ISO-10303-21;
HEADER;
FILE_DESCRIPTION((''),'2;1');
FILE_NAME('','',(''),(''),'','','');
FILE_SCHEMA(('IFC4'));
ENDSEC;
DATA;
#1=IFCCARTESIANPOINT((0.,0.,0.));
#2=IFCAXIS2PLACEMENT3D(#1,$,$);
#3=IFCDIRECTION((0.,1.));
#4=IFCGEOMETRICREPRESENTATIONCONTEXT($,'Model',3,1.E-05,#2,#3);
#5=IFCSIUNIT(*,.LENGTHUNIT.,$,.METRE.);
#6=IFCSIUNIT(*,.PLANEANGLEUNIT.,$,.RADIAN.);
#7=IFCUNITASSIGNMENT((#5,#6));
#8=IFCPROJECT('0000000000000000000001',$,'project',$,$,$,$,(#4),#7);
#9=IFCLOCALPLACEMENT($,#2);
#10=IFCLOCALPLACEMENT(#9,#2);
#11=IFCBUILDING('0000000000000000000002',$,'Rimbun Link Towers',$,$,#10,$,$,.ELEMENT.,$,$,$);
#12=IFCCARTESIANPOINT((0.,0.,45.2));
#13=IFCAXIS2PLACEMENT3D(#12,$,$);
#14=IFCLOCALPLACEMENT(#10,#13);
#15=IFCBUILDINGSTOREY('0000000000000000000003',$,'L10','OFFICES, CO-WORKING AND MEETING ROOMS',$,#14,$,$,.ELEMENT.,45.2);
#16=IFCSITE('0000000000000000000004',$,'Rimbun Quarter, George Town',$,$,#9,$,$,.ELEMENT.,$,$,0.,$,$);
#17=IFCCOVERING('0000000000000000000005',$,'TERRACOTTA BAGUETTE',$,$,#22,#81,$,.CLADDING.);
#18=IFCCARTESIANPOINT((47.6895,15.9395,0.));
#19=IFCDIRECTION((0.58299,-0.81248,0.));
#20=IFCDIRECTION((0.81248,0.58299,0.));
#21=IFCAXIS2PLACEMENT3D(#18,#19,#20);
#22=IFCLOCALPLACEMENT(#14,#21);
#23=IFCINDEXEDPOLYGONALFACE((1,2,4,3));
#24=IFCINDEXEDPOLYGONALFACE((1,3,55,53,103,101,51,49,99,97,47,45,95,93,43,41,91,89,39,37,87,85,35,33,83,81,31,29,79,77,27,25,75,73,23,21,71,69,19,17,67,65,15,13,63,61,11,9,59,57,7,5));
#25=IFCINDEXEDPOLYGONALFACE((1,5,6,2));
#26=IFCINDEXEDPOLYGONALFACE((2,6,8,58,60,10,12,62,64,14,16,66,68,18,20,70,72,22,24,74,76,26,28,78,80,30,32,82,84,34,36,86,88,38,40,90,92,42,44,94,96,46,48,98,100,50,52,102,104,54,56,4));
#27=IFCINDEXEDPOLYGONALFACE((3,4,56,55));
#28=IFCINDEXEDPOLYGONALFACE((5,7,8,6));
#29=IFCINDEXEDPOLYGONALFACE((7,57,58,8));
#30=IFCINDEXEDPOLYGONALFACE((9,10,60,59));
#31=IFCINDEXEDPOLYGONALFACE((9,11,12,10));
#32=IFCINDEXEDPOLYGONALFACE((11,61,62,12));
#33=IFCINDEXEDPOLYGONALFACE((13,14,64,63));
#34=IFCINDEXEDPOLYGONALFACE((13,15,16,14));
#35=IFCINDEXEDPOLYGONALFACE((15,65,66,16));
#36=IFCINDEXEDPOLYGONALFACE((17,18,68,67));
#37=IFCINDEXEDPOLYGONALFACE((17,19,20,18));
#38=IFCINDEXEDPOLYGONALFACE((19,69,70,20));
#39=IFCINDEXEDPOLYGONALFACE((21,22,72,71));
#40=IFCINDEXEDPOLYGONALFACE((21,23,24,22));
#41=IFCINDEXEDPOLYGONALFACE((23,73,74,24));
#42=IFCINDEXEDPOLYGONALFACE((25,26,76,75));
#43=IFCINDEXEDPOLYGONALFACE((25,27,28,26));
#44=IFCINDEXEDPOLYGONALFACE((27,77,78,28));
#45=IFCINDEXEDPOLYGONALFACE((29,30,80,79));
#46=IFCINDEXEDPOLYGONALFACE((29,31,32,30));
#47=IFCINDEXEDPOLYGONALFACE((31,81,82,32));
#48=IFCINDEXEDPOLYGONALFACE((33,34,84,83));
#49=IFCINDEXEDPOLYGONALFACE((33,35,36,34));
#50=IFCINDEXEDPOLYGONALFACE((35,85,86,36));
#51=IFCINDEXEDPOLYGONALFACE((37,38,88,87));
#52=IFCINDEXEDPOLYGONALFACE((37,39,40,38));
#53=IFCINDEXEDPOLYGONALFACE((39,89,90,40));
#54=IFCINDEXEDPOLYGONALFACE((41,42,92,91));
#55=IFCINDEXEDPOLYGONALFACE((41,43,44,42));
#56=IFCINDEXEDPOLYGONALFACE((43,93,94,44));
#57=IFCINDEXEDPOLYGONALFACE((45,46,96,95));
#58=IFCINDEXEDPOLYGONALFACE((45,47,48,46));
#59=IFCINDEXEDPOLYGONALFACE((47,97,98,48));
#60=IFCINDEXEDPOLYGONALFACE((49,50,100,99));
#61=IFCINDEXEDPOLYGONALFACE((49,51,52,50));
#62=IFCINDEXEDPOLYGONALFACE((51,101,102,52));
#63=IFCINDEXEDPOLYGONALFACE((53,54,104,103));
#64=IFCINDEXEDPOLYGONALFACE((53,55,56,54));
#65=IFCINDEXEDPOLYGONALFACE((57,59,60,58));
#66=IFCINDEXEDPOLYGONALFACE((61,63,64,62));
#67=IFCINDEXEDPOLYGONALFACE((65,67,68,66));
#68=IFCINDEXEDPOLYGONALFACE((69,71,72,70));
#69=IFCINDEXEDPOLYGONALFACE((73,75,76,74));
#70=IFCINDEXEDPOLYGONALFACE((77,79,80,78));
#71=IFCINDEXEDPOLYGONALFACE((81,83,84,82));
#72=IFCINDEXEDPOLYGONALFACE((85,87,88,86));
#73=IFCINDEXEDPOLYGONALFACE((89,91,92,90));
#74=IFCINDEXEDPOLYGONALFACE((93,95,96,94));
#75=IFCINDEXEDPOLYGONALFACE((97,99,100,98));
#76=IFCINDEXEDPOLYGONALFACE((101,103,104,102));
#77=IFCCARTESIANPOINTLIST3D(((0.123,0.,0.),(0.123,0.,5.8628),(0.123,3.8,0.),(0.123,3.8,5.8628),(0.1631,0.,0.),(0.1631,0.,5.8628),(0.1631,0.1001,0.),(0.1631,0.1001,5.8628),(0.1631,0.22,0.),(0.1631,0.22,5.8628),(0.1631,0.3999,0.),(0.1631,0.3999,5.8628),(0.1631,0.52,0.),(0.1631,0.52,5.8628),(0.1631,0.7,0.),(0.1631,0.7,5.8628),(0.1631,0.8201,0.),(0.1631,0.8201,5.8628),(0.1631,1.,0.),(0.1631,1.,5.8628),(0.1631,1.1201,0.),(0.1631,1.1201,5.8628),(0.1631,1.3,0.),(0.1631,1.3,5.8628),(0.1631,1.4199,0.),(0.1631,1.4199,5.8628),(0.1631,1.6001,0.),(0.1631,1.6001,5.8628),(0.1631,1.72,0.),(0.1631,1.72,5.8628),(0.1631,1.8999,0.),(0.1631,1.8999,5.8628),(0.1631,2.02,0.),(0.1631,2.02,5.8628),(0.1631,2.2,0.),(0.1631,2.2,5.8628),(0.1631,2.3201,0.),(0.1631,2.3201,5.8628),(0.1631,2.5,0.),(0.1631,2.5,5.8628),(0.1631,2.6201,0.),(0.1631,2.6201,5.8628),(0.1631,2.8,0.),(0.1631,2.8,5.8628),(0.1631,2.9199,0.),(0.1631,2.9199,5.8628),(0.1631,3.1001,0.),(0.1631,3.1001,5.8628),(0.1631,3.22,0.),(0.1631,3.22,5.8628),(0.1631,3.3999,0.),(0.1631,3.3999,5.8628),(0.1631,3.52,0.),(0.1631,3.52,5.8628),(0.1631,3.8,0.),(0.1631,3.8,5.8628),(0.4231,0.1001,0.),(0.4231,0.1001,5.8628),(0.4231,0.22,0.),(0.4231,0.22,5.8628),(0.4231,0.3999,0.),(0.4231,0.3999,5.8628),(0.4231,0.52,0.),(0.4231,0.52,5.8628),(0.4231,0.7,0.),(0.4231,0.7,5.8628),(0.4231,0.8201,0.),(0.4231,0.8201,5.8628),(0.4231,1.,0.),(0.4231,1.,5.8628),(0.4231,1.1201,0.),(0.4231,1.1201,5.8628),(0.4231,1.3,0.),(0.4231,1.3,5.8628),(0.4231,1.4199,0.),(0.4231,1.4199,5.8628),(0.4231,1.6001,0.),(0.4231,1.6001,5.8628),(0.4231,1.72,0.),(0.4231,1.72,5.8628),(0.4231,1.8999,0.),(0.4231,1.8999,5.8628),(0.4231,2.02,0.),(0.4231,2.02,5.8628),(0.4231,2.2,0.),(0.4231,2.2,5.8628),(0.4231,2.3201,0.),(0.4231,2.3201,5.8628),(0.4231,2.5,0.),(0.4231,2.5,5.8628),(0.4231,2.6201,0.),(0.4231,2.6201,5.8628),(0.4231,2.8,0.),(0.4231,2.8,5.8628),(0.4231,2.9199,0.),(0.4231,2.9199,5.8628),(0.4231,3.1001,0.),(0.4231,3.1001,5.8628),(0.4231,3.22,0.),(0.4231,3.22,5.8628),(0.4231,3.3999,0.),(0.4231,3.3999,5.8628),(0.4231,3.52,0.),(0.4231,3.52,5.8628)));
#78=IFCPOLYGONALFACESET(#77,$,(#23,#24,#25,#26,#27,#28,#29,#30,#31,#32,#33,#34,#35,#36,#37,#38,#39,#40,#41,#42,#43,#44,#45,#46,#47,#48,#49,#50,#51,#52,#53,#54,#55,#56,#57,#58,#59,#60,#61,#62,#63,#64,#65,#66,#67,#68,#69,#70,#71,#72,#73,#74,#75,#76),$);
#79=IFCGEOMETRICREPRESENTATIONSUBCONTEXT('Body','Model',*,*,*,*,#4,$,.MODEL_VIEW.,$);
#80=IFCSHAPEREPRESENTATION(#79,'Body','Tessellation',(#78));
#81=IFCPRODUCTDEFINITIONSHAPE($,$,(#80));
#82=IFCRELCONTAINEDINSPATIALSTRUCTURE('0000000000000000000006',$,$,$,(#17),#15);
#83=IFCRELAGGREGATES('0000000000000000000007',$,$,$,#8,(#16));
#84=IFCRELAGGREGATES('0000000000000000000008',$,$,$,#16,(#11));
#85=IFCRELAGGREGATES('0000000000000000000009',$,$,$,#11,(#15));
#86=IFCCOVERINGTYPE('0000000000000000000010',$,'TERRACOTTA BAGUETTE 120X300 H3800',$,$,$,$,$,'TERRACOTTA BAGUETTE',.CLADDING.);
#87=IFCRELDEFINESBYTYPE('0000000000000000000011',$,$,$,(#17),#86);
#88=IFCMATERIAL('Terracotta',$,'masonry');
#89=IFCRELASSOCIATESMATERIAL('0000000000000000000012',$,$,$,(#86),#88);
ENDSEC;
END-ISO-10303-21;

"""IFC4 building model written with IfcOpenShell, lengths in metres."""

from ifc_helpers import new_model, si_unit, direction, frame, origin, place, context, subcontext, project, spatial, polyline, outline, extrude, material, material_profile, profile_set, type_object, element, save


model = new_model("IFC4")

# Units and contexts
model_context = context("Model", 3, precision=1e-05, world=origin(), true_north=direction((0.0, 1.0)))
body_context = subcontext(model_context, "Body", "Model", "MODEL_VIEW")
ifc_project = project(units=[si_unit("LENGTHUNIT", "METRE"), si_unit("PLANEANGLEUNIT", "RADIAN")], contexts=[model_context])

# Site, building, storey
site_placement = place(None, origin())
site = spatial("IfcSite", under=ifc_project, at=site_placement, Name="Rimbun Quarter, George Town", CompositionType="ELEMENT", RefElevation=0.0)
building_placement = place(site_placement, origin())
building = spatial("IfcBuilding", under=site, at=building_placement, Name="Rimbun Link Towers", CompositionType="ELEMENT")
storey_placement = place(building_placement, frame((0.0, 0.0, 45.2)))
storey = spatial("IfcBuildingStorey", under=building, at=storey_placement, Name="L10", Description="OFFICES, CO-WORKING AND MEETING ROOMS", CompositionType="ELEMENT", Elevation=45.2)

# Covering
ifc_material_1 = material(Name="Terracotta", Category="masonry")
ifc_material_profile_1 = material_profile(ifc_material_1, outline(polyline([(0.123, 0.0), (0.1631, 0.0), (0.1631, 0.1001), (0.4231, 0.1001), (0.4231, 0.22), (0.1631, 0.22), (0.1631, 0.3999), (0.4231, 0.3999), (0.4231, 0.52), (0.1631, 0.52), (0.1631, 0.7), (0.4231, 0.7), (0.4231, 0.8201), (0.1631, 0.8201), (0.1631, 1.0), (0.4231, 1.0), (0.4231, 1.1201), (0.1631, 1.1201), (0.1631, 1.3), (0.4231, 1.3), (0.4231, 1.4199), (0.1631, 1.4199), (0.1631, 1.6001), (0.4231, 1.6001), (0.4231, 1.72), (0.1631, 1.72), (0.1631, 1.8999), (0.4231, 1.8999), (0.4231, 2.02), (0.1631, 2.02), (0.1631, 2.2), (0.4231, 2.2), (0.4231, 2.3201), (0.1631, 2.3201), (0.1631, 2.5), (0.4231, 2.5), (0.4231, 2.6201), (0.1631, 2.6201), (0.1631, 2.8), (0.4231, 2.8), (0.4231, 2.9199), (0.1631, 2.9199), (0.1631, 3.1001), (0.4231, 3.1001), (0.4231, 3.22), (0.1631, 3.22), (0.1631, 3.3999), (0.4231, 3.3999), (0.4231, 3.52), (0.1631, 3.52), (0.1631, 3.8), (0.123, 3.8), (0.123, 0.0)])), Name="BAGUETTE 120X300")
ifc_profile_set_1 = profile_set([ifc_material_profile_1], Name="Terracotta")
covering_type = type_object("IfcCoveringType", Name="TERRACOTTA BAGUETTE 120X300 H3800", ElementType="TERRACOTTA BAGUETTE", PredefinedType="CLADDING", material=ifc_profile_set_1)
covering_1_placement = place(storey_placement, frame((47.6895, 15.9395, 0.0), z_axis=(0.58299, -0.81248, 0.0), x_axis=(0.81248, 0.58299, 0.0)))
element("IfcCovering", 1, at=covering_1_placement, inside=storey, type_object=covering_type, Name="TERRACOTTA BAGUETTE", PredefinedType="CLADDING", context=body_context, shape_type="SweptSolid", body=[
    extrude(outline(polyline([(0.123, 0.0), (0.1631, 0.0), (0.1631, 0.1001), (0.4231, 0.1001), (0.4231, 0.22), (0.1631, 0.22), (0.1631, 0.3999), (0.4231, 0.3999), (0.4231, 0.52), (0.1631, 0.52), (0.1631, 0.7), (0.4231, 0.7), (0.4231, 0.8201), (0.1631, 0.8201), (0.1631, 1.0), (0.4231, 1.0), (0.4231, 1.1201), (0.1631, 1.1201), (0.1631, 1.3), (0.4231, 1.3), (0.4231, 1.4199), (0.1631, 1.4199), (0.1631, 1.6001), (0.4231, 1.6001), (0.4231, 1.72), (0.1631, 1.72), (0.1631, 1.8999), (0.4231, 1.8999), (0.4231, 2.02), (0.1631, 2.02), (0.1631, 2.2), (0.4231, 2.2), (0.4231, 2.3201), (0.1631, 2.3201), (0.1631, 2.5), (0.4231, 2.5), (0.4231, 2.6201), (0.1631, 2.6201), (0.1631, 2.8), (0.4231, 2.8), (0.4231, 2.9199), (0.1631, 2.9199), (0.1631, 3.1001), (0.4231, 3.1001), (0.4231, 3.22), (0.1631, 3.22), (0.1631, 3.3999), (0.4231, 3.3999), (0.4231, 3.52), (0.1631, 3.52), (0.1631, 3.8), (0.123, 3.8), (0.123, 0.0)])), origin(), (0.0, 0.0, 1.0), 5.8628),
])

save(model, "model.ifc")
